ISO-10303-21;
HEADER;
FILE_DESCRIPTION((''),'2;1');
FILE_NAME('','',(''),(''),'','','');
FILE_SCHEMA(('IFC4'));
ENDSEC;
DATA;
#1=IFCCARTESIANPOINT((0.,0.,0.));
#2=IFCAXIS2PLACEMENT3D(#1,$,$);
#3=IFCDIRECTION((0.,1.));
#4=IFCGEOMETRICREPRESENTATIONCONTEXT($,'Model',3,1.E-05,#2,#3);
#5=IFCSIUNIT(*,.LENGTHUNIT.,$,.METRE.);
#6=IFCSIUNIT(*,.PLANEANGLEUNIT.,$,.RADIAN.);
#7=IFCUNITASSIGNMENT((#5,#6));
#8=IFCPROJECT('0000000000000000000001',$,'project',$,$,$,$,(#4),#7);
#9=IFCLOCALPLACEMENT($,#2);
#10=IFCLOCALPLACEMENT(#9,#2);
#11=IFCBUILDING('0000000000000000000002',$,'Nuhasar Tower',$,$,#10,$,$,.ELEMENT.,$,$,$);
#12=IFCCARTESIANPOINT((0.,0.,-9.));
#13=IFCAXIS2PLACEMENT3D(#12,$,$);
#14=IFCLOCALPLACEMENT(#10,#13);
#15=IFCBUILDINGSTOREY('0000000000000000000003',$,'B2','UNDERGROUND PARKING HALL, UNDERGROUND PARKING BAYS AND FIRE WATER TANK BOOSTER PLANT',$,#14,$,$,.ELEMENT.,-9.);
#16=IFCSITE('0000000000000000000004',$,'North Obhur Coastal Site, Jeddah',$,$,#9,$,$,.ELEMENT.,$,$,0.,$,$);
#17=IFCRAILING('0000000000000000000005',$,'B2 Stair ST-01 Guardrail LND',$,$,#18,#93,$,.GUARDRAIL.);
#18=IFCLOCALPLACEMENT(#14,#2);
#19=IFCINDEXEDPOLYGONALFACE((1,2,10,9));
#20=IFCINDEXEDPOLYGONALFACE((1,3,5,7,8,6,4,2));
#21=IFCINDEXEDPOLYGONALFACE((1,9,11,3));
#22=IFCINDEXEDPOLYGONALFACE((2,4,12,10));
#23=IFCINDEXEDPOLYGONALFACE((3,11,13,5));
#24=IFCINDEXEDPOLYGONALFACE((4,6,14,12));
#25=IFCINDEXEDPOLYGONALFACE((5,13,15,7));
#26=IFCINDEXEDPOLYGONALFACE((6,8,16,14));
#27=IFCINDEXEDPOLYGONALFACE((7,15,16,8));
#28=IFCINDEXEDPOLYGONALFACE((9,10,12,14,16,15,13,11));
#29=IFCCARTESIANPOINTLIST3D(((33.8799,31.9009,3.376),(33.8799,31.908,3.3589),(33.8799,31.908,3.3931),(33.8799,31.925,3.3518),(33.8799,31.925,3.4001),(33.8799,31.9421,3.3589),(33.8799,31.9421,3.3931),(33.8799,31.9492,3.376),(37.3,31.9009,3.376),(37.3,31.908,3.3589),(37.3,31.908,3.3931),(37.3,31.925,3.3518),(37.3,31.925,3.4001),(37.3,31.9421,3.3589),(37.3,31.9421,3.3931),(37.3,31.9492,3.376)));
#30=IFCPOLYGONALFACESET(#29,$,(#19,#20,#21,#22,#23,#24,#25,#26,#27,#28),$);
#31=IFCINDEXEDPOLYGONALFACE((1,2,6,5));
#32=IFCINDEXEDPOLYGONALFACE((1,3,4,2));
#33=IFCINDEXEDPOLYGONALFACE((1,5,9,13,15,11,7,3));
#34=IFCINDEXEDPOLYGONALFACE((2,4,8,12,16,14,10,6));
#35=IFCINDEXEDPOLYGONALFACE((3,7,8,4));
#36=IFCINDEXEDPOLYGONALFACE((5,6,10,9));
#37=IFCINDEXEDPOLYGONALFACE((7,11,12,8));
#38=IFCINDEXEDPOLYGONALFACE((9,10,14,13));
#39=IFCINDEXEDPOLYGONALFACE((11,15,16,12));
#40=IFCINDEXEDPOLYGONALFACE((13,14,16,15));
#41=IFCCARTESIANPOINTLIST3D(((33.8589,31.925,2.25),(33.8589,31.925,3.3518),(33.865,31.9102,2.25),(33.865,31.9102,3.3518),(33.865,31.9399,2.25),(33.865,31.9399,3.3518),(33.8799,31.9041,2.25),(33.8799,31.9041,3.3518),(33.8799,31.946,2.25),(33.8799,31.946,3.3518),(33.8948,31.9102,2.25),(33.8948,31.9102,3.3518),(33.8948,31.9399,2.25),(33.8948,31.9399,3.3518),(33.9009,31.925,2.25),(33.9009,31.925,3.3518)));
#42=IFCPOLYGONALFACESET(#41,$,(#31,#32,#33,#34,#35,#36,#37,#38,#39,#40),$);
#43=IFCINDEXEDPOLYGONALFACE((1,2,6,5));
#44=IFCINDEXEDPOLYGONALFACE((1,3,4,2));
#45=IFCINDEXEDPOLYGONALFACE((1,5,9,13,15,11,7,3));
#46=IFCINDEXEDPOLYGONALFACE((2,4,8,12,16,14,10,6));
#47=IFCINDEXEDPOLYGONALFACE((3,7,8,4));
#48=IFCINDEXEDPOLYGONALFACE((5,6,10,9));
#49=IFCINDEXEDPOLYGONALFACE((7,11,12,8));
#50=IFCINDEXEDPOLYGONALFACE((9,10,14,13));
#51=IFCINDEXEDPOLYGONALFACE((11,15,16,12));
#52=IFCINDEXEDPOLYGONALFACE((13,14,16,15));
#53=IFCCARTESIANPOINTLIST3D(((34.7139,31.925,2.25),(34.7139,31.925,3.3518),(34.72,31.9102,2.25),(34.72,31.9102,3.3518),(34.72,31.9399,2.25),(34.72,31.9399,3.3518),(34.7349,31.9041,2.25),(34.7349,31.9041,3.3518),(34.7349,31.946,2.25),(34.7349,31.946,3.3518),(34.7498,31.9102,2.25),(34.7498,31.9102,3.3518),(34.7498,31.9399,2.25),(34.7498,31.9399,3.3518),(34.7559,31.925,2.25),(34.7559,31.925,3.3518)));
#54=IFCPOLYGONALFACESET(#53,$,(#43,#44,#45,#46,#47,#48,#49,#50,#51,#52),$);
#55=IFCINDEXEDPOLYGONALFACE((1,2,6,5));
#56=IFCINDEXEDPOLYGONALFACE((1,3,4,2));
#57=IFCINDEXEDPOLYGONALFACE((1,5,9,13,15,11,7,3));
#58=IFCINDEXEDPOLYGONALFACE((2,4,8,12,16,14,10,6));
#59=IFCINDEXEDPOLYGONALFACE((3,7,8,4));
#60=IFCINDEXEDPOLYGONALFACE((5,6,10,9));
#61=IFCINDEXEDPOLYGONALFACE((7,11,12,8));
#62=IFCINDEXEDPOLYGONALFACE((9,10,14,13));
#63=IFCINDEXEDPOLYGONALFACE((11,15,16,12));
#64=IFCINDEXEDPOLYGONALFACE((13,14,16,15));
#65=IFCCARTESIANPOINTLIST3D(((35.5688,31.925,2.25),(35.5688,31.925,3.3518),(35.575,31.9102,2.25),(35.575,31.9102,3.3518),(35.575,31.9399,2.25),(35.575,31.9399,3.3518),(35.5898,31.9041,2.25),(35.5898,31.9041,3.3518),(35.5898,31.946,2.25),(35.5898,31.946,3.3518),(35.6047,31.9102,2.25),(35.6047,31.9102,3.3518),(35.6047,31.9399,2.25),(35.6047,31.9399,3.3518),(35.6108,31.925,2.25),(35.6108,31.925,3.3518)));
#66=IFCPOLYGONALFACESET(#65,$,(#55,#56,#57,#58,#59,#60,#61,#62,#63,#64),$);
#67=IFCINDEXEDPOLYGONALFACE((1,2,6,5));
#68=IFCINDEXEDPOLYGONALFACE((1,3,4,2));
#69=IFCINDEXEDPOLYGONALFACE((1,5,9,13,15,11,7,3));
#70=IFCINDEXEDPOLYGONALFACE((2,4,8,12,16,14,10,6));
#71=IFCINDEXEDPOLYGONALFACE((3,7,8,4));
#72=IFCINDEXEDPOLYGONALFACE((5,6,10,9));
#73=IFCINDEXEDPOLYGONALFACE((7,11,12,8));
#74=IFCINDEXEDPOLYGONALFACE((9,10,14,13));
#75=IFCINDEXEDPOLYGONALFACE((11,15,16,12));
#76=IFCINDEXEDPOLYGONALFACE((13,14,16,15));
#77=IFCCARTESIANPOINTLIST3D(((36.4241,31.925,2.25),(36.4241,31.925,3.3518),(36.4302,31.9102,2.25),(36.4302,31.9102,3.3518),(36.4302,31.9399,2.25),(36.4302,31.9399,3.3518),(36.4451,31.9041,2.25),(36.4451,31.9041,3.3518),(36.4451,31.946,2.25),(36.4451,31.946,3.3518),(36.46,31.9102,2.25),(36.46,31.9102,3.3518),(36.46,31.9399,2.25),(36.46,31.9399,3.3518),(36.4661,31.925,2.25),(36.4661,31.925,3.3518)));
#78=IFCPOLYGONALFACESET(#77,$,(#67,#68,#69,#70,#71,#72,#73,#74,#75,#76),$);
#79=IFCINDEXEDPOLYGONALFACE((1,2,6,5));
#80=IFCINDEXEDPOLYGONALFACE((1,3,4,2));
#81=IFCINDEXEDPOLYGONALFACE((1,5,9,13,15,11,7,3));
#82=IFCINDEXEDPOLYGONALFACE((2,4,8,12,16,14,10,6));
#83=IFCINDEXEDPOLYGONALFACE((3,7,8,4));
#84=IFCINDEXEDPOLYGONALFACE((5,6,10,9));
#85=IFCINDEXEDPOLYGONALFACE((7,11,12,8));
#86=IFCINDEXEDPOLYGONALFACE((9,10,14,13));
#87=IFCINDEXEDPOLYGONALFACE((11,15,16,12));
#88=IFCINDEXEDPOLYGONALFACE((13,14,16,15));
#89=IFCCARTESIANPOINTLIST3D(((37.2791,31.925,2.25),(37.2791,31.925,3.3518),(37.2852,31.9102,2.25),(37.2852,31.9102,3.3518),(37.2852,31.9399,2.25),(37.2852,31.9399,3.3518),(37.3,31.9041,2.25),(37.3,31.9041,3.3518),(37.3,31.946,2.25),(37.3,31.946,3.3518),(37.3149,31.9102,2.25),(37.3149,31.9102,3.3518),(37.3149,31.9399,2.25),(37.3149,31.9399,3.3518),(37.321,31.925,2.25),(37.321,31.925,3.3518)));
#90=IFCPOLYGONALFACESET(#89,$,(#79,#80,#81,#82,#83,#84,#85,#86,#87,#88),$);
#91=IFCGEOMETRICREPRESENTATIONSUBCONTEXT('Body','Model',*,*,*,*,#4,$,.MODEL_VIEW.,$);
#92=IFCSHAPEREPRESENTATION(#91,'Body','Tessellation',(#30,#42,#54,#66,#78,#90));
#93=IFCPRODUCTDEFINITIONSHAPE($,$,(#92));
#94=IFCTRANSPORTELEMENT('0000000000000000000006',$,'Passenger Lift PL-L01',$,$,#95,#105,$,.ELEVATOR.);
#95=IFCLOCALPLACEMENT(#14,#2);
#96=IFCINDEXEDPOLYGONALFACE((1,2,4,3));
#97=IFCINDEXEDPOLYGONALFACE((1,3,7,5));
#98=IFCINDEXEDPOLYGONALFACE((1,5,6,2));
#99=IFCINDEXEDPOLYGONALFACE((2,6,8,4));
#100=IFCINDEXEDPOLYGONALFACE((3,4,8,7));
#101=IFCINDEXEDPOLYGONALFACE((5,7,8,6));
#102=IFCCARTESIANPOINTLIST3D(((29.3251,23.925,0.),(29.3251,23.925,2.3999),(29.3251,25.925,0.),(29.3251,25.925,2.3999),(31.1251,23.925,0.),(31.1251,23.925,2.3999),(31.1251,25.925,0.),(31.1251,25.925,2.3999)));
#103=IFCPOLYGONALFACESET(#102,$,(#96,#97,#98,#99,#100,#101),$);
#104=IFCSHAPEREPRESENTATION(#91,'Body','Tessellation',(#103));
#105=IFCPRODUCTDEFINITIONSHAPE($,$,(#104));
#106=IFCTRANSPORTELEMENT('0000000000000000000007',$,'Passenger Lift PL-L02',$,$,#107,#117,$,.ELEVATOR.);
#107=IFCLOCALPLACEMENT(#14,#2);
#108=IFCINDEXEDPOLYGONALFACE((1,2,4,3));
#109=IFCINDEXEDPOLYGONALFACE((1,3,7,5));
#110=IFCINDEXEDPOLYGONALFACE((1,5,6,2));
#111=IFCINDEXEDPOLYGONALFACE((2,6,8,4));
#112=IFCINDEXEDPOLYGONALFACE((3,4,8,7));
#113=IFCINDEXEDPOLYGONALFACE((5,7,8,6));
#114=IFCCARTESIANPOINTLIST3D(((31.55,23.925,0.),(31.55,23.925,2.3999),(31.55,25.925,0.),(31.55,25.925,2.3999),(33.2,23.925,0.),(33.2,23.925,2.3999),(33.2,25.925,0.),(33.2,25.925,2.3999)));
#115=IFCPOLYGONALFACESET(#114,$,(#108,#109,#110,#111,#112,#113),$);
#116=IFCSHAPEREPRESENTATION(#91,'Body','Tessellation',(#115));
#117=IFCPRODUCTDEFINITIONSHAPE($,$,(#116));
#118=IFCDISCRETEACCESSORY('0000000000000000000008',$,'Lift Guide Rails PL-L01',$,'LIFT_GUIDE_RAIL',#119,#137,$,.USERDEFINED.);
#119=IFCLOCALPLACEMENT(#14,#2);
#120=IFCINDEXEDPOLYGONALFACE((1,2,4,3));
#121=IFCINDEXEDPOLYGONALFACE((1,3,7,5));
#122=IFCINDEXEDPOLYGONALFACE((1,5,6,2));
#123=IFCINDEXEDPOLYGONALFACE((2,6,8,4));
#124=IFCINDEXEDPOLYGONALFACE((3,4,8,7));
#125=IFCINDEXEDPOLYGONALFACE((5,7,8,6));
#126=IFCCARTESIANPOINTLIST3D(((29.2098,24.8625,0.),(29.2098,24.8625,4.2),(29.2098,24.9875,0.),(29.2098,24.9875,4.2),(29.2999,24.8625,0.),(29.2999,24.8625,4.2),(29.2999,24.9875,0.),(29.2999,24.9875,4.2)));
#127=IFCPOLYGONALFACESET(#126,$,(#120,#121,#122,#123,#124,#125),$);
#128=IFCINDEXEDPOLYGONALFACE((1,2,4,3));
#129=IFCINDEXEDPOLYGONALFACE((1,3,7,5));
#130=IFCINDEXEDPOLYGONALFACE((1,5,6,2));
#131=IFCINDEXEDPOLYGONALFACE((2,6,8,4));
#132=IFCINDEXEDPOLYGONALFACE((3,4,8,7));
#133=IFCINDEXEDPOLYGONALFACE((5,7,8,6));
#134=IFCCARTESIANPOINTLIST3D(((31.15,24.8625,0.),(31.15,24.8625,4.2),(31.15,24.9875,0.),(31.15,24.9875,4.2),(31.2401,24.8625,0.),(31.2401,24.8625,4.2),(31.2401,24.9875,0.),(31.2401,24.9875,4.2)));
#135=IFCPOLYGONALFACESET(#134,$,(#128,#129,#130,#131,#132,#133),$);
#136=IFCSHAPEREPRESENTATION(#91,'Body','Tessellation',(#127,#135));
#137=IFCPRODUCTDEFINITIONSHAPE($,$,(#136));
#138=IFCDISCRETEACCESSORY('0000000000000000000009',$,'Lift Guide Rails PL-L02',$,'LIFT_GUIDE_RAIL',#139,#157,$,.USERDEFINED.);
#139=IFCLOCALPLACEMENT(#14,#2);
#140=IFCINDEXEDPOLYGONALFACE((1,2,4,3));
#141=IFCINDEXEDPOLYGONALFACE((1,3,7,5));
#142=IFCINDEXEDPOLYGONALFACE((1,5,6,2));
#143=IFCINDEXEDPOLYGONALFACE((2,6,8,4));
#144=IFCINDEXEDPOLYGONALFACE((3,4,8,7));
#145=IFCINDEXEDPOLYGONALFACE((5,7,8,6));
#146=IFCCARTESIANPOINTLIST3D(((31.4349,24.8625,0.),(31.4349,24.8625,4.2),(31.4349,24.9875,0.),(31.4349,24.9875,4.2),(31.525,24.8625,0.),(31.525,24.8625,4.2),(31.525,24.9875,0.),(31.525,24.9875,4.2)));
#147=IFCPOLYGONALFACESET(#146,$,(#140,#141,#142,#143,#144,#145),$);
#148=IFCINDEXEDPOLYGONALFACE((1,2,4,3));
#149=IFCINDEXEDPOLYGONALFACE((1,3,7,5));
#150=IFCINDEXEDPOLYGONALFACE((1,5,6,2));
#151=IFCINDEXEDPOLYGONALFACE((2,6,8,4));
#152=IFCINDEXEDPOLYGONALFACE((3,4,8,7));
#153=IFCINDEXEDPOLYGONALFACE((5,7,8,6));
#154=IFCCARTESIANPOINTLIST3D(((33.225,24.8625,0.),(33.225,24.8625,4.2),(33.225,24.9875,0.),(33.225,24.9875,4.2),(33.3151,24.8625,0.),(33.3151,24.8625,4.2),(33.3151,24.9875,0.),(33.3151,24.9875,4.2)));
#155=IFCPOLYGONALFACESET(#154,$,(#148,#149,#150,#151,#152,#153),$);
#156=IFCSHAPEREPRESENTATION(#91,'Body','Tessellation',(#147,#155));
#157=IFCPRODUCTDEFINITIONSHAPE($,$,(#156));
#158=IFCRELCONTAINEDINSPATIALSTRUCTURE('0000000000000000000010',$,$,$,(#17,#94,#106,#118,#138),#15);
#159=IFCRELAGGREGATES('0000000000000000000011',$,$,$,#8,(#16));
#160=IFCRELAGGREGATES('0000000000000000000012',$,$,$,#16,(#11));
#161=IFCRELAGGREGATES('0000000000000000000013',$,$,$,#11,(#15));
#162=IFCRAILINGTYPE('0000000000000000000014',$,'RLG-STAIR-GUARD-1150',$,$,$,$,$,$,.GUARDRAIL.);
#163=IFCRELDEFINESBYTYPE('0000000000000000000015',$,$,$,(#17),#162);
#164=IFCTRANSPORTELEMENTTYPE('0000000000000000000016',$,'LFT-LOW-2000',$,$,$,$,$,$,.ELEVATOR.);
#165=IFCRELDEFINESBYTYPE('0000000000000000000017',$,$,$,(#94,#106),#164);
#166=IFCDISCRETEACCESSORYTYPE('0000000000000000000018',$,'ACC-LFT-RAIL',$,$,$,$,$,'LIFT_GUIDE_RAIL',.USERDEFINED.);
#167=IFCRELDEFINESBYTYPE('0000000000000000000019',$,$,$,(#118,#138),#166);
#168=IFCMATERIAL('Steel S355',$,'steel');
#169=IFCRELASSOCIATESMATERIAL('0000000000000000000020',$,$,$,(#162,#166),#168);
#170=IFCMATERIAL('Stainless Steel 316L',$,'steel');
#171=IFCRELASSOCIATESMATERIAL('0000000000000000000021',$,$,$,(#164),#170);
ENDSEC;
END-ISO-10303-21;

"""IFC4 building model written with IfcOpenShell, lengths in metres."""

from ifc_helpers import new_model, si_unit, direction, frame, origin, origin_2d, place, context, subcontext, project, spatial, polyline, rectangle, outline, extrude, material, type_object, element, save


model = new_model("IFC4")

# Units and contexts
model_context = context("Model", 3, precision=1e-05, world=origin(), true_north=direction((0.0, 1.0)))
body_context = subcontext(model_context, "Body", "Model", "MODEL_VIEW")
ifc_project = project(units=[si_unit("LENGTHUNIT", "METRE"), si_unit("PLANEANGLEUNIT", "RADIAN")], contexts=[model_context])

# Site, building, storey
site_placement = place(None, origin())
site = spatial("IfcSite", under=ifc_project, at=site_placement, Name="North Obhur Coastal Site, Jeddah", CompositionType="ELEMENT", RefElevation=0.0)
building_placement = place(site_placement, origin())
building = spatial("IfcBuilding", under=site, at=building_placement, Name="Nuhasar Tower", CompositionType="ELEMENT")
storey_placement = place(building_placement, frame((0.0, 0.0, -9.0)))
storey = spatial("IfcBuildingStorey", under=building, at=storey_placement, Name="B2", Description="UNDERGROUND PARKING HALL, UNDERGROUND PARKING BAYS AND FIRE WATER TANK BOOSTER PLANT", CompositionType="ELEMENT", Elevation=-9.0)

# Shared definitions
ifc_material_1 = material(Name="Steel S355", Category="steel")

# Railing
railing_type = type_object("IfcRailingType", Name="RLG-STAIR-GUARD-1150", PredefinedType="GUARDRAIL", material=ifc_material_1)
railing_placement = place(storey_placement, frame((33.8799, 31.925, 2.25)))
element("IfcRailing", 1, at=railing_placement, inside=storey, type_object=railing_type, Name="B2 Stair ST-01 Guardrail LND", PredefinedType="GUARDRAIL", context=body_context, shape_type="SweptSolid", body=[
    extrude(outline(polyline([(0.0242, 0.0), (0.0171, 0.0171), (0.0, 0.0242), (-0.0171, 0.0171), (-0.0242, 0.0), (-0.0171, -0.0171), (0.0, -0.0242), (0.0171, -0.0171), (0.0242, 0.0)])), frame((0.0, 0.0, 1.126), z_axis=(1.0, 0.0, 0.0), x_axis=(0.0, 1.0, 0.0)), (0.0, 0.0, 1.0), 3.4202),
    extrude(outline(polyline([(0.021, 0.0), (0.0149, 0.0149), (0.0, 0.021), (-0.0149, 0.0149), (-0.021, 0.0), (-0.0149, -0.0149), (0.0, -0.021), (0.0149, -0.0149), (0.021, 0.0)])), origin(), (0.0, 0.0, 1.0), 1.1018),
    extrude(outline(polyline([(0.021, 0.0), (0.0149, 0.0149), (0.0, 0.021), (-0.0149, 0.0149), (-0.021, 0.0), (-0.0149, -0.0149), (0.0, -0.021), (0.0149, -0.0149), (0.021, 0.0)])), frame((0.855, 0.0, 0.0)), (0.0, 0.0, 1.0), 1.1018),
    extrude(outline(polyline([(0.021, 0.0), (0.0149, 0.0149), (0.0, 0.021), (-0.0149, 0.0149), (-0.021, 0.0), (-0.0149, -0.0149), (0.0, -0.021), (0.0149, -0.0149), (0.021, 0.0)])), frame((1.71, 0.0, 0.0)), (0.0, 0.0, 1.0), 1.1018),
    extrude(outline(polyline([(0.021, 0.0), (0.0149, 0.0149), (0.0, 0.021), (-0.0149, 0.0149), (-0.021, 0.0), (-0.0149, -0.0149), (0.0, -0.021), (0.0149, -0.0149), (0.021, 0.0)])), frame((2.5652, 0.0, 0.0)), (0.0, 0.0, 1.0), 1.1018),
    extrude(outline(polyline([(0.021, 0.0), (0.0149, 0.0149), (0.0, 0.021), (-0.0149, 0.0149), (-0.021, 0.0), (-0.0149, -0.0149), (0.0, -0.021), (0.0149, -0.0149), (0.021, 0.0)])), frame((3.4202, 0.0, 0.0)), (0.0, 0.0, 1.0), 1.1018),
])

# Transport elements
ifc_material_2 = material(Name="Stainless Steel 316L", Category="steel")
transport_element_type = type_object("IfcTransportElementType", Name="LFT-LOW-2000", PredefinedType="ELEVATOR", material=ifc_material_2)
transport_element_1_placement = place(storey_placement, frame((30.2251, 24.925, 0.0), z_axis=(0.0, 0.0, 1.0), x_axis=(1.0, 0.0, 0.0)))
element("IfcTransportElement", 2, at=transport_element_1_placement, inside=storey, type_object=transport_element_type, Name="Passenger Lift PL-L01", PredefinedType="ELEVATOR", context=body_context, shape_type="SweptSolid", body=[
    extrude(rectangle(XDim=1.8, YDim=2.0, at=origin_2d()), origin(), (0.0, 0.0, 1.0), 2.3999),
])
transport_element_2_placement = place(storey_placement, frame((32.375, 24.925, 0.0), z_axis=(0.0, 0.0, 1.0), x_axis=(1.0, 0.0, 0.0)))
element("IfcTransportElement", 3, at=transport_element_2_placement, inside=storey, type_object=transport_element_type, Name="Passenger Lift PL-L02", PredefinedType="ELEVATOR", context=body_context, shape_type="SweptSolid", body=[
    extrude(rectangle(XDim=1.6499, YDim=2.0, at=origin_2d()), origin(), (0.0, 0.0, 1.0), 2.3999),
])

# Discrete accessories
discrete_accessory_type = type_object("IfcDiscreteAccessoryType", Name="ACC-LFT-RAIL", ElementType="LIFT_GUIDE_RAIL", PredefinedType="USERDEFINED", material=ifc_material_1)
discrete_accessory_1_placement = place(storey_placement, frame((29.2549, 24.925, 2.1001)))
element("IfcDiscreteAccessory", 4, at=discrete_accessory_1_placement, inside=storey, type_object=discrete_accessory_type, Name="Lift Guide Rails PL-L01", ObjectType="LIFT_GUIDE_RAIL", PredefinedType="USERDEFINED", context=body_context, shape_type="SweptSolid", body=[
    extrude(rectangle(XDim=0.0901, YDim=0.125, at=origin_2d()), frame((0.0, 0.0, -2.1001), z_axis=(0.0, 0.0, 1.0), x_axis=(1.0, 0.0, 0.0)), (0.0, 0.0, 1.0), 4.2),
    extrude(rectangle(XDim=0.0901, YDim=0.125, at=origin_2d()), frame((1.9402, 0.0, -2.1001), z_axis=(0.0, 0.0, 1.0), x_axis=(1.0, 0.0, 0.0)), (0.0, 0.0, 1.0), 4.2),
])
discrete_accessory_2_placement = place(storey_placement, frame((31.48, 24.925, 2.1001)))
element("IfcDiscreteAccessory", 5, at=discrete_accessory_2_placement, inside=storey, type_object=discrete_accessory_type, Name="Lift Guide Rails PL-L02", ObjectType="LIFT_GUIDE_RAIL", PredefinedType="USERDEFINED", context=body_context, shape_type="SweptSolid", body=[
    extrude(rectangle(XDim=0.0901, YDim=0.125, at=origin_2d()), frame((0.0, 0.0, -2.1001), z_axis=(0.0, 0.0, 1.0), x_axis=(1.0, 0.0, 0.0)), (0.0, 0.0, 1.0), 4.2),
    extrude(rectangle(XDim=0.0901, YDim=0.125, at=origin_2d()), frame((1.79, 0.0, -2.1001), z_axis=(0.0, 0.0, 1.0), x_axis=(1.0, 0.0, 0.0)), (0.0, 0.0, 1.0), 4.2),
])

save(model, "model.ifc")
